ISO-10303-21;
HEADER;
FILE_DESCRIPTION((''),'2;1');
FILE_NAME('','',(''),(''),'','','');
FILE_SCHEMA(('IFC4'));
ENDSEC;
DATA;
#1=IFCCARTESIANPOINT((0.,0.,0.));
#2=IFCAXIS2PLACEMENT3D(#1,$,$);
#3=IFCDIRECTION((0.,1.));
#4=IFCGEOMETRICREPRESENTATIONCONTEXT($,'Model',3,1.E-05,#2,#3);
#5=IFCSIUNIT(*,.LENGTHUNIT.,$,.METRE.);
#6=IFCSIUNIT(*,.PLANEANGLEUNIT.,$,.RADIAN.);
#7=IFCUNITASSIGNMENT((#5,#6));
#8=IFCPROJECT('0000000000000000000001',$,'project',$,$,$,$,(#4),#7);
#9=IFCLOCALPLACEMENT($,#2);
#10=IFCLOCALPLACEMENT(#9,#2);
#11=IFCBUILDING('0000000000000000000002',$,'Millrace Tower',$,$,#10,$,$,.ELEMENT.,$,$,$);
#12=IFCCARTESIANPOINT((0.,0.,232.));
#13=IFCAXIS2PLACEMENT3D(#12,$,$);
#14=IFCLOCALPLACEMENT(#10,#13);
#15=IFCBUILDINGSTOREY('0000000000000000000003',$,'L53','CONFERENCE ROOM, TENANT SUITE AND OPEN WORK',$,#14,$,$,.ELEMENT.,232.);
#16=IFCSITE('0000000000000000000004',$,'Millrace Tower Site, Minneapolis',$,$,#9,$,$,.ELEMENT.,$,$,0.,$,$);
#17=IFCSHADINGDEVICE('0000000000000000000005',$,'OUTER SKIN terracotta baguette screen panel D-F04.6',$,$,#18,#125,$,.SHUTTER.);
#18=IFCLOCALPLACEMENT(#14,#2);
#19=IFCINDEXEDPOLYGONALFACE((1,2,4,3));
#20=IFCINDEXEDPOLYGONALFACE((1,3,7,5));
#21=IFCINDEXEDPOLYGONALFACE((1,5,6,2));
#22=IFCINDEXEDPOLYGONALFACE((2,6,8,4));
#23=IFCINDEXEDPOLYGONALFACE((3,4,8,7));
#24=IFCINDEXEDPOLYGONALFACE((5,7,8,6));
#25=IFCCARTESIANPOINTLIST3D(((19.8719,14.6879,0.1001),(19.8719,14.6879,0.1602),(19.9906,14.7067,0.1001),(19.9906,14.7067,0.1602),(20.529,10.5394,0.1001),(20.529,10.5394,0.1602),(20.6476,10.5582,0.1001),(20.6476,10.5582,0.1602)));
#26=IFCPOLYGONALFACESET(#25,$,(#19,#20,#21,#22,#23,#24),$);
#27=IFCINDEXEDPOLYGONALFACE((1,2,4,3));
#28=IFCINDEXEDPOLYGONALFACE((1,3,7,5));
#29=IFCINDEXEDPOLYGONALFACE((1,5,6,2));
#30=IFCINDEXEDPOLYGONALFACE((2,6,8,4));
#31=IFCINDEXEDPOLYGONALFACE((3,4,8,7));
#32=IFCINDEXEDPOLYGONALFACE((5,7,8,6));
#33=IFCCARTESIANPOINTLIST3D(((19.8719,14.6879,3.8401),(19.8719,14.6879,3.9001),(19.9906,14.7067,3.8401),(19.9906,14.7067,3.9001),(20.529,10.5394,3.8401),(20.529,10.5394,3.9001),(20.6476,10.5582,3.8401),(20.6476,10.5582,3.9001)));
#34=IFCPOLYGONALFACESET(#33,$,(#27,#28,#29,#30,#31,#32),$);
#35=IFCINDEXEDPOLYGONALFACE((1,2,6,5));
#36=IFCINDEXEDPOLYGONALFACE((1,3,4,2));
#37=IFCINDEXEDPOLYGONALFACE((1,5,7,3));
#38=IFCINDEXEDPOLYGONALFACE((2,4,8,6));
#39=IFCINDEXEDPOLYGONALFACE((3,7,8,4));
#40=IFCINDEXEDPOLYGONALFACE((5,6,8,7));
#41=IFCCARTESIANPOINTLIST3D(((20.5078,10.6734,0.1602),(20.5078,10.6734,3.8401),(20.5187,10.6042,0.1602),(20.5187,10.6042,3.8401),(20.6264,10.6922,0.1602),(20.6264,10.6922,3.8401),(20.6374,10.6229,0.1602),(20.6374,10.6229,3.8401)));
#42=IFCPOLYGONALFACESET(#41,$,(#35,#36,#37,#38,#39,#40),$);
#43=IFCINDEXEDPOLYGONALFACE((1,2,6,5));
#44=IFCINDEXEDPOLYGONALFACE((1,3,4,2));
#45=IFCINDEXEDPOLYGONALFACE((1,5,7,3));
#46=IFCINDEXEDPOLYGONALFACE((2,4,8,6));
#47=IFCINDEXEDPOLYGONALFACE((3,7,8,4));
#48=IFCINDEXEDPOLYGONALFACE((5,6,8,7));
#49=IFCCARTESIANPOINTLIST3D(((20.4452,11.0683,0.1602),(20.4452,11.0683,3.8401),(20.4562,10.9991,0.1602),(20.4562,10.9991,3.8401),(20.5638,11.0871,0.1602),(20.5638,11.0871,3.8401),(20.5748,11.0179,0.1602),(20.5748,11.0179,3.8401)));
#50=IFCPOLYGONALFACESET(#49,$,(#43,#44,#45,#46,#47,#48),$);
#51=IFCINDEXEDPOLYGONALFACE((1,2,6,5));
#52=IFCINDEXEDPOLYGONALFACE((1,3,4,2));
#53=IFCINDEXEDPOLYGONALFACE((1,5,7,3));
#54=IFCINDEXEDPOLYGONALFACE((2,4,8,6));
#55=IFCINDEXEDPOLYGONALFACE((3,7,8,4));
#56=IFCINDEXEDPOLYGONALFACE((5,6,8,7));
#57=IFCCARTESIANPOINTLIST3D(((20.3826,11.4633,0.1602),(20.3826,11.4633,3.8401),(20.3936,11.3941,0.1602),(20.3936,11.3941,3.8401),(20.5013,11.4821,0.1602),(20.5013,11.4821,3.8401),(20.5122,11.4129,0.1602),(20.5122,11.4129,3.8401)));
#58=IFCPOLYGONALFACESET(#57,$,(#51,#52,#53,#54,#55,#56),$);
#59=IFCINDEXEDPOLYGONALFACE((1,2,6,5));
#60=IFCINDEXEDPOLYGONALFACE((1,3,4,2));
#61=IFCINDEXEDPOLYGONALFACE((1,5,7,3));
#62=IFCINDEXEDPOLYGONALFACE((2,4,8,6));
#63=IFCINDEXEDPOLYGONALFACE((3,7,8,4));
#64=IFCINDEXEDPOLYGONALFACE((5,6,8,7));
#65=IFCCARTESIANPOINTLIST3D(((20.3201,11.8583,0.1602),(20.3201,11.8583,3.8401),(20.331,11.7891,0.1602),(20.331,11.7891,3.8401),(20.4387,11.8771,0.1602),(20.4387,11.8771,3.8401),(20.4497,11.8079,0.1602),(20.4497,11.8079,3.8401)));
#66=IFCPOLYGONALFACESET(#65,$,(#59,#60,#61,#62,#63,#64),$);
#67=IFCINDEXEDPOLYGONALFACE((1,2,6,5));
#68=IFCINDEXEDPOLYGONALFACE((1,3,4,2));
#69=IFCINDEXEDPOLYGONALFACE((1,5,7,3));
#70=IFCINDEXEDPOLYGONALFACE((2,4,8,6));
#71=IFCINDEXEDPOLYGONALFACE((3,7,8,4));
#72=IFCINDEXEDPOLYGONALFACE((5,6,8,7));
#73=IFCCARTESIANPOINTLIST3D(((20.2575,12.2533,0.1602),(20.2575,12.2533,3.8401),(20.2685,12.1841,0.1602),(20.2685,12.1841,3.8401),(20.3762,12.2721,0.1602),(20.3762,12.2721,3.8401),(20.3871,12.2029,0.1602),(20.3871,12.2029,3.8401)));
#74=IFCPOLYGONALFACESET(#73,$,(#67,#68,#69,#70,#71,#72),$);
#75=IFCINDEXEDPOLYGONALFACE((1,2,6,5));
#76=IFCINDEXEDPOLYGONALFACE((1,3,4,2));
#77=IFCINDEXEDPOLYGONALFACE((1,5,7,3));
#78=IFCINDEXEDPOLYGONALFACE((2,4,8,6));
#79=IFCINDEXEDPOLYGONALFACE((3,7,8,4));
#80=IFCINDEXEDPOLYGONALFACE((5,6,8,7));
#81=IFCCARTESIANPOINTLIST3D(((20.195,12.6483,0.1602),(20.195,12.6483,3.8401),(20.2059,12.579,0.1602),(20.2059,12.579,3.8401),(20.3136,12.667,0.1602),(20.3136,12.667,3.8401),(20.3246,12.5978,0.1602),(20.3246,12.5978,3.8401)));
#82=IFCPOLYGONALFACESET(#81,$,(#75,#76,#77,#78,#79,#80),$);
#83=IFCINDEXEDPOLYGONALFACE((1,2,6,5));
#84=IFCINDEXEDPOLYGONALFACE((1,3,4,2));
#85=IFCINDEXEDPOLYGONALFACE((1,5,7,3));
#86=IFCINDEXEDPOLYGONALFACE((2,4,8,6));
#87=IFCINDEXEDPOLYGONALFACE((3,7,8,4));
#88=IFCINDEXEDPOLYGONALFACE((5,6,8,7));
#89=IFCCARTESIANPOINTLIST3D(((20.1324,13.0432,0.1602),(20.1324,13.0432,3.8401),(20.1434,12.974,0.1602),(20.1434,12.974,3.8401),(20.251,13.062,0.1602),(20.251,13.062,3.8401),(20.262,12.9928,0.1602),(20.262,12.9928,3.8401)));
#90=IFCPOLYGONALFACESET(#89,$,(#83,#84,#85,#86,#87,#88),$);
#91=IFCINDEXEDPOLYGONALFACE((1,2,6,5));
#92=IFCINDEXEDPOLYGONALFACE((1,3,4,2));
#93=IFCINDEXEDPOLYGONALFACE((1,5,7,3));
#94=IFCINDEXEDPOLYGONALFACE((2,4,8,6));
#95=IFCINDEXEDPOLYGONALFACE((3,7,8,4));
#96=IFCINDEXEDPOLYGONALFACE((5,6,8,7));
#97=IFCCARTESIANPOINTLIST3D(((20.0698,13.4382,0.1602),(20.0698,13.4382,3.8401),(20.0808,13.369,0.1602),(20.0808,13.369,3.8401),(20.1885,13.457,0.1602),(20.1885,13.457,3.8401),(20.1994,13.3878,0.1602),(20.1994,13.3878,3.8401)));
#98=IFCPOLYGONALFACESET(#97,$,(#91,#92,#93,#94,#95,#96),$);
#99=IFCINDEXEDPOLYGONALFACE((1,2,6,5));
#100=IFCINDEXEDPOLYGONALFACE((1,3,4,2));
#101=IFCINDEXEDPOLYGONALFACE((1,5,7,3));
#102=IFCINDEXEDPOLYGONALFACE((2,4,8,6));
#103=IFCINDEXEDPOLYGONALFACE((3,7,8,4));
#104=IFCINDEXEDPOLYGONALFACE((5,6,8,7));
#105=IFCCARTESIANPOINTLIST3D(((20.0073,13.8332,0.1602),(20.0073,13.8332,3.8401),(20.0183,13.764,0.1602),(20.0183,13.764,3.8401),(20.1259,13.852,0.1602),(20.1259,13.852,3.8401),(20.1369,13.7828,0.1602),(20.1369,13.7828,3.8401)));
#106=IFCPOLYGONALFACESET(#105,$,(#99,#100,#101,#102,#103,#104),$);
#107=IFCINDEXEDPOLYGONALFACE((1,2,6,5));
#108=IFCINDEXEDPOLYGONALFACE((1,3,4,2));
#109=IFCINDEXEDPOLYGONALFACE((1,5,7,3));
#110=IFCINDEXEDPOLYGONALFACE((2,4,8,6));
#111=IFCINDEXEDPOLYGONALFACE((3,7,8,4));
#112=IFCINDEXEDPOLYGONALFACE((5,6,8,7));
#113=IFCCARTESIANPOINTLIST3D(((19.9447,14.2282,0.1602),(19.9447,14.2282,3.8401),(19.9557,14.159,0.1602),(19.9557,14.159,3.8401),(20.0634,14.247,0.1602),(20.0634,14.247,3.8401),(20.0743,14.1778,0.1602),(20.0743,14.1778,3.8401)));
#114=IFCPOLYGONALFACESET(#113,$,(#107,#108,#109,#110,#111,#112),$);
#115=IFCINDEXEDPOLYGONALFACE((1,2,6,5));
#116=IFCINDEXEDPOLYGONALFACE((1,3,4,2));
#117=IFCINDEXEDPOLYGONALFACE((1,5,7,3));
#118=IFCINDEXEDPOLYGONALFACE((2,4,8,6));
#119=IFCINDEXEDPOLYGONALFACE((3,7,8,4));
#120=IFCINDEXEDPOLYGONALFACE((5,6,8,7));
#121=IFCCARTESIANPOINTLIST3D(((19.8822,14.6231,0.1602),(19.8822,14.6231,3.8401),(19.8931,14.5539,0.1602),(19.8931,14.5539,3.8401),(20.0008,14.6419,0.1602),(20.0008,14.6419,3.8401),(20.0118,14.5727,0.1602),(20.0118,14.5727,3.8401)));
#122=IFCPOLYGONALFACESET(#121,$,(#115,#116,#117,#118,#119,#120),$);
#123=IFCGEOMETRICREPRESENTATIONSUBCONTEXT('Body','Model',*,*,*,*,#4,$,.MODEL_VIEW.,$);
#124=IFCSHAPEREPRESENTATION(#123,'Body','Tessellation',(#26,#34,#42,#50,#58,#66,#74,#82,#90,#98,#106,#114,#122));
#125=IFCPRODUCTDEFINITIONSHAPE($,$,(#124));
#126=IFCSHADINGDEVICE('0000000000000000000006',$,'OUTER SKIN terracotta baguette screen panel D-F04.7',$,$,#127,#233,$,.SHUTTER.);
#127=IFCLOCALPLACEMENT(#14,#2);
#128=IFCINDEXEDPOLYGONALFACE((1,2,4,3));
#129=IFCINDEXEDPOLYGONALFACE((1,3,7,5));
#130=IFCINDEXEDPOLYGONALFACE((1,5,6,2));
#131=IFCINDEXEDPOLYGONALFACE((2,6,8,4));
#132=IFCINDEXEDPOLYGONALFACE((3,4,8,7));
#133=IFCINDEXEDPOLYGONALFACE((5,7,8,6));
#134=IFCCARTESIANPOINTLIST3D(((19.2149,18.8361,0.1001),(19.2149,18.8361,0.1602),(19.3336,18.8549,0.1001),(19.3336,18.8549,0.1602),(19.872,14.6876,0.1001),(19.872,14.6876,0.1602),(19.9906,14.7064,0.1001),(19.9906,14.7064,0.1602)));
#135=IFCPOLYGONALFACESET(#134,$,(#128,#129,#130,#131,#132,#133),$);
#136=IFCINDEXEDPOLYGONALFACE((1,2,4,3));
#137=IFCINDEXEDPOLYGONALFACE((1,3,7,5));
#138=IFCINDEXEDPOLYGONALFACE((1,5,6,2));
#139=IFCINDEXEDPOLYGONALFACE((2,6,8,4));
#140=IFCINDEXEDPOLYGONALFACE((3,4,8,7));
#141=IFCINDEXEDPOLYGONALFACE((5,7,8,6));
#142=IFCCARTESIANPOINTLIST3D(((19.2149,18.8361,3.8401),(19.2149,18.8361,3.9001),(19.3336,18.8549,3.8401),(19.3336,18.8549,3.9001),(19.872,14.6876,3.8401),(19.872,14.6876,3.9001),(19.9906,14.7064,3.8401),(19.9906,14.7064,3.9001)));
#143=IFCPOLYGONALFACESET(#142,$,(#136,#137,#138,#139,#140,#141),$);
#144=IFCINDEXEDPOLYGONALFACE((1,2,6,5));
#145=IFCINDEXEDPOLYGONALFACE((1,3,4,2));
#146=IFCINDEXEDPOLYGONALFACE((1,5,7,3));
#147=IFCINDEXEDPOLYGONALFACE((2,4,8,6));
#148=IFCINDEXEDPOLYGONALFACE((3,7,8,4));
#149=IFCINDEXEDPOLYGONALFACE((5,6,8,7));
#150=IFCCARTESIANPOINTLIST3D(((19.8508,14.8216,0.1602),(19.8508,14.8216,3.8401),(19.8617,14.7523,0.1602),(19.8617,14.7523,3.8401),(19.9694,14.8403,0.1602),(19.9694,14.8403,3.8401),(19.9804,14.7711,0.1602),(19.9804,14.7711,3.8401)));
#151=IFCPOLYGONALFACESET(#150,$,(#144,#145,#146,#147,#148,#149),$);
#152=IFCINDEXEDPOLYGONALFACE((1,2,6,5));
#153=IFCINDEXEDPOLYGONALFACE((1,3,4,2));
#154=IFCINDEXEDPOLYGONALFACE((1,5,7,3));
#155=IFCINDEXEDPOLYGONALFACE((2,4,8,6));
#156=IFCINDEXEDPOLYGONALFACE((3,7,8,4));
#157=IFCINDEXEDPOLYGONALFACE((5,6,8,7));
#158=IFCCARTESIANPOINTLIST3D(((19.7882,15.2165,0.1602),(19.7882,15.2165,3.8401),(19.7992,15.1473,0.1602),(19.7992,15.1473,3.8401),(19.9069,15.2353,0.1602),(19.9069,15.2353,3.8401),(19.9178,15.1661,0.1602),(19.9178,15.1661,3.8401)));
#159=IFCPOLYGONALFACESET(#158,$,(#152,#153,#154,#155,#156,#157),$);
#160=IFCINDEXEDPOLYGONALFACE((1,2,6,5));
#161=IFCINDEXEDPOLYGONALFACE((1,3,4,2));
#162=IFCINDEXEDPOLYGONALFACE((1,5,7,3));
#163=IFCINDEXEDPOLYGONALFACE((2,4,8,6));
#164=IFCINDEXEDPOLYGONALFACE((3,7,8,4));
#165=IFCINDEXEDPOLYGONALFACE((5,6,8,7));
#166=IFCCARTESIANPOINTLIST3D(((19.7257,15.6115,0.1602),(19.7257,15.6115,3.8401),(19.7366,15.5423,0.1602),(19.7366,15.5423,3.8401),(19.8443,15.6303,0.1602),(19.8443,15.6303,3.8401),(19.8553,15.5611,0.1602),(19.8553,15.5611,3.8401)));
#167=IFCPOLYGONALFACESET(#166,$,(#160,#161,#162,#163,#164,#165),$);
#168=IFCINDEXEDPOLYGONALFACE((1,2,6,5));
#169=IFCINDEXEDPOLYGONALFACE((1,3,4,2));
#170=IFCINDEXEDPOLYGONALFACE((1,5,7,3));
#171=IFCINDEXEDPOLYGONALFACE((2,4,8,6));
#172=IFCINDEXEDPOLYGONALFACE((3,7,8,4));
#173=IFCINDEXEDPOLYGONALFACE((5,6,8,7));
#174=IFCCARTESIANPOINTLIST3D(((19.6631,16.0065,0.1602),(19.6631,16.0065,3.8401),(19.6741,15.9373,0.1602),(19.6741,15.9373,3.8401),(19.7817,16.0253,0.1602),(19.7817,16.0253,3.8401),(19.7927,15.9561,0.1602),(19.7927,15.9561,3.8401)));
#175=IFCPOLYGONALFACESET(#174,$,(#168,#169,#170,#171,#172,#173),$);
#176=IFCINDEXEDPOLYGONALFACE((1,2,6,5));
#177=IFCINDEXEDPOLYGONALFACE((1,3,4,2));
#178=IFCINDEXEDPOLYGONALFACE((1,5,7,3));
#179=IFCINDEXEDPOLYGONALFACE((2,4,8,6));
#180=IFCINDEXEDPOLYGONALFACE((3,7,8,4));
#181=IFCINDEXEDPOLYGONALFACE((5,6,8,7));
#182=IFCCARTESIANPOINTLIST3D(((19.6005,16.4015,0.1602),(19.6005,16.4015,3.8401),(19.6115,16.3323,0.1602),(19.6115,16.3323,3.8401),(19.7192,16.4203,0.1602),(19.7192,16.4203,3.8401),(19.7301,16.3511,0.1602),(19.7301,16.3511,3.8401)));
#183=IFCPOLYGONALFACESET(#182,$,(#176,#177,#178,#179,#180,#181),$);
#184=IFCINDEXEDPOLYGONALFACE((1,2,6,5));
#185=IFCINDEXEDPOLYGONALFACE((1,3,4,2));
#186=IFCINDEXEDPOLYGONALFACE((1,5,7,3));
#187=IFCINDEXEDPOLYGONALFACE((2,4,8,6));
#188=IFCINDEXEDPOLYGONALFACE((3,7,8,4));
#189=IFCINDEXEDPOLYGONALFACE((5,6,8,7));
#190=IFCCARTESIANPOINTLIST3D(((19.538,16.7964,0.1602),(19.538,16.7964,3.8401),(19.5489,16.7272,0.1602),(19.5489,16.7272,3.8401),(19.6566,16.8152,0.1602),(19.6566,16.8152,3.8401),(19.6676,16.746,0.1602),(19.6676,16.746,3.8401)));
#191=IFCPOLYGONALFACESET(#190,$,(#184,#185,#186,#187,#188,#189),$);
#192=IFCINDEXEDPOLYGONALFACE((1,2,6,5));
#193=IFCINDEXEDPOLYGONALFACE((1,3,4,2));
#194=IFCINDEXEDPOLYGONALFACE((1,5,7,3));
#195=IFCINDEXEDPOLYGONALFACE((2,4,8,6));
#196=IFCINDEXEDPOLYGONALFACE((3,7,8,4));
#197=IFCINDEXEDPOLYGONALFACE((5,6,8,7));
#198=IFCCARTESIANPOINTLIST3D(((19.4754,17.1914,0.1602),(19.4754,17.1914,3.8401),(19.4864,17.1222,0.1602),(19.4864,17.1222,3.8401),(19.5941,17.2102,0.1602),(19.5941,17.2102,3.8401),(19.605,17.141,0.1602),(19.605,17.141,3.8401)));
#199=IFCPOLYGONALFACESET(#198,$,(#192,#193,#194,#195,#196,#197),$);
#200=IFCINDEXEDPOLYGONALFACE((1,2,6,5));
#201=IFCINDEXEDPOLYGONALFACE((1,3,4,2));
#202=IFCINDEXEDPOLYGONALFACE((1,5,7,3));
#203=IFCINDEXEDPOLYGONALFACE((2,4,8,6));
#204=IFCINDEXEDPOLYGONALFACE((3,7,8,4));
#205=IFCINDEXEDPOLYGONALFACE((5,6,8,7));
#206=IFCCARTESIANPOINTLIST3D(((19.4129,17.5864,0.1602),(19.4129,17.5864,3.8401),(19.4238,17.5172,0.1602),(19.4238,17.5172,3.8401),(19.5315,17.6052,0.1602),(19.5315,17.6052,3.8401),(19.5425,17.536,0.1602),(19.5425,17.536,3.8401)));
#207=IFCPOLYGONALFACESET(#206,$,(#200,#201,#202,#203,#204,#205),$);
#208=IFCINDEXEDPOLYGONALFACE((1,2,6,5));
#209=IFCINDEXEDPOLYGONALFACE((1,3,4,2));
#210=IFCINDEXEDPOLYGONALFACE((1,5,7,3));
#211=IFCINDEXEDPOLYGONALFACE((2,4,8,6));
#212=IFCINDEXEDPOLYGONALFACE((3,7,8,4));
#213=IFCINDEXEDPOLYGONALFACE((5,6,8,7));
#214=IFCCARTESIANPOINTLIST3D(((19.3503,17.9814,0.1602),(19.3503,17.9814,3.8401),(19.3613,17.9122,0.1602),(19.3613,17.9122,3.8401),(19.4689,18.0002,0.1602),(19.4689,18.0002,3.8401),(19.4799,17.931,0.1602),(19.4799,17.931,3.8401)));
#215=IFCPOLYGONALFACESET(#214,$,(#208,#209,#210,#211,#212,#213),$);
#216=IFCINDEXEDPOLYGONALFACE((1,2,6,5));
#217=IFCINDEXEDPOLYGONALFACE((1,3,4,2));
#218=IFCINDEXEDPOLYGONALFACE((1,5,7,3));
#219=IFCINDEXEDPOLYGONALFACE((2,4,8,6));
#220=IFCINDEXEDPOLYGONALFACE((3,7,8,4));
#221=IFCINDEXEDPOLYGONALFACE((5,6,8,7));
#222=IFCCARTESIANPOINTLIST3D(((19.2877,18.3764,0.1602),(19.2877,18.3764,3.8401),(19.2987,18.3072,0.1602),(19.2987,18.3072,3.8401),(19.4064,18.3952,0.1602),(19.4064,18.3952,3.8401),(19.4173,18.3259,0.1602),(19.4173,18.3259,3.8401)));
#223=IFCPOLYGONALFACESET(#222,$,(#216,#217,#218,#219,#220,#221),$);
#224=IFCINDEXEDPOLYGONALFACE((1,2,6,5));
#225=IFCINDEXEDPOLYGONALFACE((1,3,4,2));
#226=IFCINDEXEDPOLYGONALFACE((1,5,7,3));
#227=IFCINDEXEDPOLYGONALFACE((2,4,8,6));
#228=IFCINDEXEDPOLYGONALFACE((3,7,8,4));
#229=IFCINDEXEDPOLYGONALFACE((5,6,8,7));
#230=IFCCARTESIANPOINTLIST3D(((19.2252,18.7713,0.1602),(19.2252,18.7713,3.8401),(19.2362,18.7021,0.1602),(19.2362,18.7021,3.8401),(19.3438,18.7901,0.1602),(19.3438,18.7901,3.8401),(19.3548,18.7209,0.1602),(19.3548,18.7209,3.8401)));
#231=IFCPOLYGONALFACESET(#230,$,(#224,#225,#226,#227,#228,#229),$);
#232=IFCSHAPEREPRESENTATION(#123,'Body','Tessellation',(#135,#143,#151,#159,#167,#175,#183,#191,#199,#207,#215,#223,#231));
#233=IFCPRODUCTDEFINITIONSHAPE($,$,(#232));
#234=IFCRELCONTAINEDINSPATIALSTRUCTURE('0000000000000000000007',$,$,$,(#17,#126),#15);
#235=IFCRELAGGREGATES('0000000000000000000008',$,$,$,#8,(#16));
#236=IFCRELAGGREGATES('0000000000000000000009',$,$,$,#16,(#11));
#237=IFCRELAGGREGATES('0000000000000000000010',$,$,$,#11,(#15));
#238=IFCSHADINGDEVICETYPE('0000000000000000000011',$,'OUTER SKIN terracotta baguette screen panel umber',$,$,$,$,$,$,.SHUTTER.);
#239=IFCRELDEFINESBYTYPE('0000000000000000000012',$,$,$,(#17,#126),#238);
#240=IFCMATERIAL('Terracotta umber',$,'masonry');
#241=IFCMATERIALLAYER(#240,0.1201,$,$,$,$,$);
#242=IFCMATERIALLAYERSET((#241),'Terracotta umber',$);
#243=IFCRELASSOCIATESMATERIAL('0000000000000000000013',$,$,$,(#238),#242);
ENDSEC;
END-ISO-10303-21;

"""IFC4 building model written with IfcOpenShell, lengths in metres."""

from ifc_helpers import new_model, entity, si_unit, direction, frame, frame_2d, origin, origin_2d, place, context, subcontext, project, spatial, rectangle, extrude, source, transform, mapped, material, layer, layer_set, type_object, element, save


model = new_model("IFC4")

# Units and contexts
model_context = context("Model", 3, precision=1e-05, world=origin(), true_north=direction((0.0, 1.0)))
body_context = subcontext(model_context, "Body", "Model", "MODEL_VIEW")
ifc_project = project(units=[si_unit("LENGTHUNIT", "METRE"), si_unit("PLANEANGLEUNIT", "RADIAN")], contexts=[model_context])

# Site, building, storey
site_placement = place(None, origin())
site = spatial("IfcSite", under=ifc_project, at=site_placement, Name="Millrace Tower Site, Minneapolis", CompositionType="ELEMENT", RefElevation=0.0)
building_placement = place(site_placement, origin())
building = spatial("IfcBuilding", under=site, at=building_placement, Name="Millrace Tower", CompositionType="ELEMENT")
storey_placement = place(building_placement, frame((0.0, 0.0, 232.0)))
storey = spatial("IfcBuildingStorey", under=building, at=storey_placement, Name="L53", Description="CONFERENCE ROOM, TENANT SUITE AND OPEN WORK", CompositionType="ELEMENT", Elevation=232.0)

# Shading devices
ifc_material_1 = material(Name="Terracotta umber", Category="masonry")
ifc_layer_1 = layer(ifc_material_1, 0.1201)
ifc_layer_set_1 = layer_set([ifc_layer_1], Name="Terracotta umber")
shading_device_type = type_object("IfcShadingDeviceType", Name="OUTER SKIN terracotta baguette screen panel umber", PredefinedType="SHUTTER", material=ifc_layer_set_1)
cartesian_point = entity("IfcCartesianPoint", [-2.1001, 0.0601])
shared_polyline = entity("IfcPolyline", [cartesian_point, entity("IfcCartesianPoint", [2.1001, 0.0601]), entity("IfcCartesianPoint", [2.1001, -0.0601]), entity("IfcCartesianPoint", [-2.1001, -0.0601]), cartesian_point])
shared_shape = source(origin(), body_context, "Body", "SweptSolid", [
    entity("IfcExtrudedAreaSolid", entity("IfcArbitraryClosedProfileDef", "AREA", None, shared_polyline), entity("IfcAxis2Placement3D", entity("IfcCartesianPoint", [0.0, 0.0, 0.0])), entity("IfcDirection", [0.0, 0.0, 1.0]), 0.0601),
    entity("IfcExtrudedAreaSolid", entity("IfcArbitraryClosedProfileDef", "AREA", None, shared_polyline), entity("IfcAxis2Placement3D", entity("IfcCartesianPoint", [0.0, 0.0, 3.74])), entity("IfcDirection", [0.0, 0.0, 1.0]), 0.0601),
    extrude(rectangle(XDim=0.0701, YDim=0.1201, at=frame_2d((-1.9995, 0.0))), frame((0.0, 0.0, 0.0601)), (0.0, 0.0, 1.0), 3.6799),
    extrude(rectangle(XDim=0.0701, YDim=0.1201, at=frame_2d((-1.5996, 0.0))), frame((0.0, 0.0, 0.0601)), (0.0, 0.0, 1.0), 3.6799),
    extrude(rectangle(XDim=0.0701, YDim=0.1201, at=frame_2d((-1.1997, 0.0))), frame((0.0, 0.0, 0.0601)), (0.0, 0.0, 1.0), 3.6799),
    extrude(rectangle(XDim=0.0701, YDim=0.1201, at=frame_2d((-0.7998, 0.0))), frame((0.0, 0.0, 0.0601)), (0.0, 0.0, 1.0), 3.6799),
    extrude(rectangle(XDim=0.0701, YDim=0.1201, at=frame_2d((-0.3999, 0.0))), frame((0.0, 0.0, 0.0601)), (0.0, 0.0, 1.0), 3.6799),
    extrude(rectangle(XDim=0.0701, YDim=0.1201, at=origin_2d()), frame((0.0, 0.0, 0.0601)), (0.0, 0.0, 1.0), 3.6799),
    extrude(rectangle(XDim=0.0701, YDim=0.1201, at=frame_2d((0.3999, 0.0))), frame((0.0, 0.0, 0.0601)), (0.0, 0.0, 1.0), 3.6799),
    extrude(rectangle(XDim=0.0701, YDim=0.1201, at=frame_2d((0.7998, 0.0))), frame((0.0, 0.0, 0.0601)), (0.0, 0.0, 1.0), 3.6799),
    extrude(rectangle(XDim=0.0701, YDim=0.1201, at=frame_2d((1.1997, 0.0))), frame((0.0, 0.0, 0.0601)), (0.0, 0.0, 1.0), 3.6799),
    extrude(rectangle(XDim=0.0701, YDim=0.1201, at=frame_2d((1.5996, 0.0))), frame((0.0, 0.0, 0.0601)), (0.0, 0.0, 1.0), 3.6799),
    extrude(rectangle(XDim=0.0701, YDim=0.1201, at=frame_2d((1.9995, 0.0))), frame((0.0, 0.0, 0.0601)), (0.0, 0.0, 1.0), 3.6799),
])
for number, where, z_axis, x_axis, name in (
    (1, (20.2598, 12.623, 0.1001), (0.0, 0.0, 1.0), (-0.156434, 0.987688, 0.0), "OUTER SKIN terracotta baguette screen panel D-F04.6"),
    (2, (19.6028, 16.7712, 0.1001), (0.0, 0.0, 1.0), (-0.156434, 0.987688, 0.0), "OUTER SKIN terracotta baguette screen panel D-F04.7"),
):
    element("IfcShadingDevice", number, at=place(storey_placement, frame(where, z_axis=z_axis, x_axis=x_axis)), inside=storey, type_object=shading_device_type, Name=name, PredefinedType="SHUTTER", context=body_context, shape_type="MappedRepresentation", body=[
        mapped(shared_shape, transform((0.0, 0.0, 0.0), scale=1.0)),
    ])

save(model, "model.ifc")
